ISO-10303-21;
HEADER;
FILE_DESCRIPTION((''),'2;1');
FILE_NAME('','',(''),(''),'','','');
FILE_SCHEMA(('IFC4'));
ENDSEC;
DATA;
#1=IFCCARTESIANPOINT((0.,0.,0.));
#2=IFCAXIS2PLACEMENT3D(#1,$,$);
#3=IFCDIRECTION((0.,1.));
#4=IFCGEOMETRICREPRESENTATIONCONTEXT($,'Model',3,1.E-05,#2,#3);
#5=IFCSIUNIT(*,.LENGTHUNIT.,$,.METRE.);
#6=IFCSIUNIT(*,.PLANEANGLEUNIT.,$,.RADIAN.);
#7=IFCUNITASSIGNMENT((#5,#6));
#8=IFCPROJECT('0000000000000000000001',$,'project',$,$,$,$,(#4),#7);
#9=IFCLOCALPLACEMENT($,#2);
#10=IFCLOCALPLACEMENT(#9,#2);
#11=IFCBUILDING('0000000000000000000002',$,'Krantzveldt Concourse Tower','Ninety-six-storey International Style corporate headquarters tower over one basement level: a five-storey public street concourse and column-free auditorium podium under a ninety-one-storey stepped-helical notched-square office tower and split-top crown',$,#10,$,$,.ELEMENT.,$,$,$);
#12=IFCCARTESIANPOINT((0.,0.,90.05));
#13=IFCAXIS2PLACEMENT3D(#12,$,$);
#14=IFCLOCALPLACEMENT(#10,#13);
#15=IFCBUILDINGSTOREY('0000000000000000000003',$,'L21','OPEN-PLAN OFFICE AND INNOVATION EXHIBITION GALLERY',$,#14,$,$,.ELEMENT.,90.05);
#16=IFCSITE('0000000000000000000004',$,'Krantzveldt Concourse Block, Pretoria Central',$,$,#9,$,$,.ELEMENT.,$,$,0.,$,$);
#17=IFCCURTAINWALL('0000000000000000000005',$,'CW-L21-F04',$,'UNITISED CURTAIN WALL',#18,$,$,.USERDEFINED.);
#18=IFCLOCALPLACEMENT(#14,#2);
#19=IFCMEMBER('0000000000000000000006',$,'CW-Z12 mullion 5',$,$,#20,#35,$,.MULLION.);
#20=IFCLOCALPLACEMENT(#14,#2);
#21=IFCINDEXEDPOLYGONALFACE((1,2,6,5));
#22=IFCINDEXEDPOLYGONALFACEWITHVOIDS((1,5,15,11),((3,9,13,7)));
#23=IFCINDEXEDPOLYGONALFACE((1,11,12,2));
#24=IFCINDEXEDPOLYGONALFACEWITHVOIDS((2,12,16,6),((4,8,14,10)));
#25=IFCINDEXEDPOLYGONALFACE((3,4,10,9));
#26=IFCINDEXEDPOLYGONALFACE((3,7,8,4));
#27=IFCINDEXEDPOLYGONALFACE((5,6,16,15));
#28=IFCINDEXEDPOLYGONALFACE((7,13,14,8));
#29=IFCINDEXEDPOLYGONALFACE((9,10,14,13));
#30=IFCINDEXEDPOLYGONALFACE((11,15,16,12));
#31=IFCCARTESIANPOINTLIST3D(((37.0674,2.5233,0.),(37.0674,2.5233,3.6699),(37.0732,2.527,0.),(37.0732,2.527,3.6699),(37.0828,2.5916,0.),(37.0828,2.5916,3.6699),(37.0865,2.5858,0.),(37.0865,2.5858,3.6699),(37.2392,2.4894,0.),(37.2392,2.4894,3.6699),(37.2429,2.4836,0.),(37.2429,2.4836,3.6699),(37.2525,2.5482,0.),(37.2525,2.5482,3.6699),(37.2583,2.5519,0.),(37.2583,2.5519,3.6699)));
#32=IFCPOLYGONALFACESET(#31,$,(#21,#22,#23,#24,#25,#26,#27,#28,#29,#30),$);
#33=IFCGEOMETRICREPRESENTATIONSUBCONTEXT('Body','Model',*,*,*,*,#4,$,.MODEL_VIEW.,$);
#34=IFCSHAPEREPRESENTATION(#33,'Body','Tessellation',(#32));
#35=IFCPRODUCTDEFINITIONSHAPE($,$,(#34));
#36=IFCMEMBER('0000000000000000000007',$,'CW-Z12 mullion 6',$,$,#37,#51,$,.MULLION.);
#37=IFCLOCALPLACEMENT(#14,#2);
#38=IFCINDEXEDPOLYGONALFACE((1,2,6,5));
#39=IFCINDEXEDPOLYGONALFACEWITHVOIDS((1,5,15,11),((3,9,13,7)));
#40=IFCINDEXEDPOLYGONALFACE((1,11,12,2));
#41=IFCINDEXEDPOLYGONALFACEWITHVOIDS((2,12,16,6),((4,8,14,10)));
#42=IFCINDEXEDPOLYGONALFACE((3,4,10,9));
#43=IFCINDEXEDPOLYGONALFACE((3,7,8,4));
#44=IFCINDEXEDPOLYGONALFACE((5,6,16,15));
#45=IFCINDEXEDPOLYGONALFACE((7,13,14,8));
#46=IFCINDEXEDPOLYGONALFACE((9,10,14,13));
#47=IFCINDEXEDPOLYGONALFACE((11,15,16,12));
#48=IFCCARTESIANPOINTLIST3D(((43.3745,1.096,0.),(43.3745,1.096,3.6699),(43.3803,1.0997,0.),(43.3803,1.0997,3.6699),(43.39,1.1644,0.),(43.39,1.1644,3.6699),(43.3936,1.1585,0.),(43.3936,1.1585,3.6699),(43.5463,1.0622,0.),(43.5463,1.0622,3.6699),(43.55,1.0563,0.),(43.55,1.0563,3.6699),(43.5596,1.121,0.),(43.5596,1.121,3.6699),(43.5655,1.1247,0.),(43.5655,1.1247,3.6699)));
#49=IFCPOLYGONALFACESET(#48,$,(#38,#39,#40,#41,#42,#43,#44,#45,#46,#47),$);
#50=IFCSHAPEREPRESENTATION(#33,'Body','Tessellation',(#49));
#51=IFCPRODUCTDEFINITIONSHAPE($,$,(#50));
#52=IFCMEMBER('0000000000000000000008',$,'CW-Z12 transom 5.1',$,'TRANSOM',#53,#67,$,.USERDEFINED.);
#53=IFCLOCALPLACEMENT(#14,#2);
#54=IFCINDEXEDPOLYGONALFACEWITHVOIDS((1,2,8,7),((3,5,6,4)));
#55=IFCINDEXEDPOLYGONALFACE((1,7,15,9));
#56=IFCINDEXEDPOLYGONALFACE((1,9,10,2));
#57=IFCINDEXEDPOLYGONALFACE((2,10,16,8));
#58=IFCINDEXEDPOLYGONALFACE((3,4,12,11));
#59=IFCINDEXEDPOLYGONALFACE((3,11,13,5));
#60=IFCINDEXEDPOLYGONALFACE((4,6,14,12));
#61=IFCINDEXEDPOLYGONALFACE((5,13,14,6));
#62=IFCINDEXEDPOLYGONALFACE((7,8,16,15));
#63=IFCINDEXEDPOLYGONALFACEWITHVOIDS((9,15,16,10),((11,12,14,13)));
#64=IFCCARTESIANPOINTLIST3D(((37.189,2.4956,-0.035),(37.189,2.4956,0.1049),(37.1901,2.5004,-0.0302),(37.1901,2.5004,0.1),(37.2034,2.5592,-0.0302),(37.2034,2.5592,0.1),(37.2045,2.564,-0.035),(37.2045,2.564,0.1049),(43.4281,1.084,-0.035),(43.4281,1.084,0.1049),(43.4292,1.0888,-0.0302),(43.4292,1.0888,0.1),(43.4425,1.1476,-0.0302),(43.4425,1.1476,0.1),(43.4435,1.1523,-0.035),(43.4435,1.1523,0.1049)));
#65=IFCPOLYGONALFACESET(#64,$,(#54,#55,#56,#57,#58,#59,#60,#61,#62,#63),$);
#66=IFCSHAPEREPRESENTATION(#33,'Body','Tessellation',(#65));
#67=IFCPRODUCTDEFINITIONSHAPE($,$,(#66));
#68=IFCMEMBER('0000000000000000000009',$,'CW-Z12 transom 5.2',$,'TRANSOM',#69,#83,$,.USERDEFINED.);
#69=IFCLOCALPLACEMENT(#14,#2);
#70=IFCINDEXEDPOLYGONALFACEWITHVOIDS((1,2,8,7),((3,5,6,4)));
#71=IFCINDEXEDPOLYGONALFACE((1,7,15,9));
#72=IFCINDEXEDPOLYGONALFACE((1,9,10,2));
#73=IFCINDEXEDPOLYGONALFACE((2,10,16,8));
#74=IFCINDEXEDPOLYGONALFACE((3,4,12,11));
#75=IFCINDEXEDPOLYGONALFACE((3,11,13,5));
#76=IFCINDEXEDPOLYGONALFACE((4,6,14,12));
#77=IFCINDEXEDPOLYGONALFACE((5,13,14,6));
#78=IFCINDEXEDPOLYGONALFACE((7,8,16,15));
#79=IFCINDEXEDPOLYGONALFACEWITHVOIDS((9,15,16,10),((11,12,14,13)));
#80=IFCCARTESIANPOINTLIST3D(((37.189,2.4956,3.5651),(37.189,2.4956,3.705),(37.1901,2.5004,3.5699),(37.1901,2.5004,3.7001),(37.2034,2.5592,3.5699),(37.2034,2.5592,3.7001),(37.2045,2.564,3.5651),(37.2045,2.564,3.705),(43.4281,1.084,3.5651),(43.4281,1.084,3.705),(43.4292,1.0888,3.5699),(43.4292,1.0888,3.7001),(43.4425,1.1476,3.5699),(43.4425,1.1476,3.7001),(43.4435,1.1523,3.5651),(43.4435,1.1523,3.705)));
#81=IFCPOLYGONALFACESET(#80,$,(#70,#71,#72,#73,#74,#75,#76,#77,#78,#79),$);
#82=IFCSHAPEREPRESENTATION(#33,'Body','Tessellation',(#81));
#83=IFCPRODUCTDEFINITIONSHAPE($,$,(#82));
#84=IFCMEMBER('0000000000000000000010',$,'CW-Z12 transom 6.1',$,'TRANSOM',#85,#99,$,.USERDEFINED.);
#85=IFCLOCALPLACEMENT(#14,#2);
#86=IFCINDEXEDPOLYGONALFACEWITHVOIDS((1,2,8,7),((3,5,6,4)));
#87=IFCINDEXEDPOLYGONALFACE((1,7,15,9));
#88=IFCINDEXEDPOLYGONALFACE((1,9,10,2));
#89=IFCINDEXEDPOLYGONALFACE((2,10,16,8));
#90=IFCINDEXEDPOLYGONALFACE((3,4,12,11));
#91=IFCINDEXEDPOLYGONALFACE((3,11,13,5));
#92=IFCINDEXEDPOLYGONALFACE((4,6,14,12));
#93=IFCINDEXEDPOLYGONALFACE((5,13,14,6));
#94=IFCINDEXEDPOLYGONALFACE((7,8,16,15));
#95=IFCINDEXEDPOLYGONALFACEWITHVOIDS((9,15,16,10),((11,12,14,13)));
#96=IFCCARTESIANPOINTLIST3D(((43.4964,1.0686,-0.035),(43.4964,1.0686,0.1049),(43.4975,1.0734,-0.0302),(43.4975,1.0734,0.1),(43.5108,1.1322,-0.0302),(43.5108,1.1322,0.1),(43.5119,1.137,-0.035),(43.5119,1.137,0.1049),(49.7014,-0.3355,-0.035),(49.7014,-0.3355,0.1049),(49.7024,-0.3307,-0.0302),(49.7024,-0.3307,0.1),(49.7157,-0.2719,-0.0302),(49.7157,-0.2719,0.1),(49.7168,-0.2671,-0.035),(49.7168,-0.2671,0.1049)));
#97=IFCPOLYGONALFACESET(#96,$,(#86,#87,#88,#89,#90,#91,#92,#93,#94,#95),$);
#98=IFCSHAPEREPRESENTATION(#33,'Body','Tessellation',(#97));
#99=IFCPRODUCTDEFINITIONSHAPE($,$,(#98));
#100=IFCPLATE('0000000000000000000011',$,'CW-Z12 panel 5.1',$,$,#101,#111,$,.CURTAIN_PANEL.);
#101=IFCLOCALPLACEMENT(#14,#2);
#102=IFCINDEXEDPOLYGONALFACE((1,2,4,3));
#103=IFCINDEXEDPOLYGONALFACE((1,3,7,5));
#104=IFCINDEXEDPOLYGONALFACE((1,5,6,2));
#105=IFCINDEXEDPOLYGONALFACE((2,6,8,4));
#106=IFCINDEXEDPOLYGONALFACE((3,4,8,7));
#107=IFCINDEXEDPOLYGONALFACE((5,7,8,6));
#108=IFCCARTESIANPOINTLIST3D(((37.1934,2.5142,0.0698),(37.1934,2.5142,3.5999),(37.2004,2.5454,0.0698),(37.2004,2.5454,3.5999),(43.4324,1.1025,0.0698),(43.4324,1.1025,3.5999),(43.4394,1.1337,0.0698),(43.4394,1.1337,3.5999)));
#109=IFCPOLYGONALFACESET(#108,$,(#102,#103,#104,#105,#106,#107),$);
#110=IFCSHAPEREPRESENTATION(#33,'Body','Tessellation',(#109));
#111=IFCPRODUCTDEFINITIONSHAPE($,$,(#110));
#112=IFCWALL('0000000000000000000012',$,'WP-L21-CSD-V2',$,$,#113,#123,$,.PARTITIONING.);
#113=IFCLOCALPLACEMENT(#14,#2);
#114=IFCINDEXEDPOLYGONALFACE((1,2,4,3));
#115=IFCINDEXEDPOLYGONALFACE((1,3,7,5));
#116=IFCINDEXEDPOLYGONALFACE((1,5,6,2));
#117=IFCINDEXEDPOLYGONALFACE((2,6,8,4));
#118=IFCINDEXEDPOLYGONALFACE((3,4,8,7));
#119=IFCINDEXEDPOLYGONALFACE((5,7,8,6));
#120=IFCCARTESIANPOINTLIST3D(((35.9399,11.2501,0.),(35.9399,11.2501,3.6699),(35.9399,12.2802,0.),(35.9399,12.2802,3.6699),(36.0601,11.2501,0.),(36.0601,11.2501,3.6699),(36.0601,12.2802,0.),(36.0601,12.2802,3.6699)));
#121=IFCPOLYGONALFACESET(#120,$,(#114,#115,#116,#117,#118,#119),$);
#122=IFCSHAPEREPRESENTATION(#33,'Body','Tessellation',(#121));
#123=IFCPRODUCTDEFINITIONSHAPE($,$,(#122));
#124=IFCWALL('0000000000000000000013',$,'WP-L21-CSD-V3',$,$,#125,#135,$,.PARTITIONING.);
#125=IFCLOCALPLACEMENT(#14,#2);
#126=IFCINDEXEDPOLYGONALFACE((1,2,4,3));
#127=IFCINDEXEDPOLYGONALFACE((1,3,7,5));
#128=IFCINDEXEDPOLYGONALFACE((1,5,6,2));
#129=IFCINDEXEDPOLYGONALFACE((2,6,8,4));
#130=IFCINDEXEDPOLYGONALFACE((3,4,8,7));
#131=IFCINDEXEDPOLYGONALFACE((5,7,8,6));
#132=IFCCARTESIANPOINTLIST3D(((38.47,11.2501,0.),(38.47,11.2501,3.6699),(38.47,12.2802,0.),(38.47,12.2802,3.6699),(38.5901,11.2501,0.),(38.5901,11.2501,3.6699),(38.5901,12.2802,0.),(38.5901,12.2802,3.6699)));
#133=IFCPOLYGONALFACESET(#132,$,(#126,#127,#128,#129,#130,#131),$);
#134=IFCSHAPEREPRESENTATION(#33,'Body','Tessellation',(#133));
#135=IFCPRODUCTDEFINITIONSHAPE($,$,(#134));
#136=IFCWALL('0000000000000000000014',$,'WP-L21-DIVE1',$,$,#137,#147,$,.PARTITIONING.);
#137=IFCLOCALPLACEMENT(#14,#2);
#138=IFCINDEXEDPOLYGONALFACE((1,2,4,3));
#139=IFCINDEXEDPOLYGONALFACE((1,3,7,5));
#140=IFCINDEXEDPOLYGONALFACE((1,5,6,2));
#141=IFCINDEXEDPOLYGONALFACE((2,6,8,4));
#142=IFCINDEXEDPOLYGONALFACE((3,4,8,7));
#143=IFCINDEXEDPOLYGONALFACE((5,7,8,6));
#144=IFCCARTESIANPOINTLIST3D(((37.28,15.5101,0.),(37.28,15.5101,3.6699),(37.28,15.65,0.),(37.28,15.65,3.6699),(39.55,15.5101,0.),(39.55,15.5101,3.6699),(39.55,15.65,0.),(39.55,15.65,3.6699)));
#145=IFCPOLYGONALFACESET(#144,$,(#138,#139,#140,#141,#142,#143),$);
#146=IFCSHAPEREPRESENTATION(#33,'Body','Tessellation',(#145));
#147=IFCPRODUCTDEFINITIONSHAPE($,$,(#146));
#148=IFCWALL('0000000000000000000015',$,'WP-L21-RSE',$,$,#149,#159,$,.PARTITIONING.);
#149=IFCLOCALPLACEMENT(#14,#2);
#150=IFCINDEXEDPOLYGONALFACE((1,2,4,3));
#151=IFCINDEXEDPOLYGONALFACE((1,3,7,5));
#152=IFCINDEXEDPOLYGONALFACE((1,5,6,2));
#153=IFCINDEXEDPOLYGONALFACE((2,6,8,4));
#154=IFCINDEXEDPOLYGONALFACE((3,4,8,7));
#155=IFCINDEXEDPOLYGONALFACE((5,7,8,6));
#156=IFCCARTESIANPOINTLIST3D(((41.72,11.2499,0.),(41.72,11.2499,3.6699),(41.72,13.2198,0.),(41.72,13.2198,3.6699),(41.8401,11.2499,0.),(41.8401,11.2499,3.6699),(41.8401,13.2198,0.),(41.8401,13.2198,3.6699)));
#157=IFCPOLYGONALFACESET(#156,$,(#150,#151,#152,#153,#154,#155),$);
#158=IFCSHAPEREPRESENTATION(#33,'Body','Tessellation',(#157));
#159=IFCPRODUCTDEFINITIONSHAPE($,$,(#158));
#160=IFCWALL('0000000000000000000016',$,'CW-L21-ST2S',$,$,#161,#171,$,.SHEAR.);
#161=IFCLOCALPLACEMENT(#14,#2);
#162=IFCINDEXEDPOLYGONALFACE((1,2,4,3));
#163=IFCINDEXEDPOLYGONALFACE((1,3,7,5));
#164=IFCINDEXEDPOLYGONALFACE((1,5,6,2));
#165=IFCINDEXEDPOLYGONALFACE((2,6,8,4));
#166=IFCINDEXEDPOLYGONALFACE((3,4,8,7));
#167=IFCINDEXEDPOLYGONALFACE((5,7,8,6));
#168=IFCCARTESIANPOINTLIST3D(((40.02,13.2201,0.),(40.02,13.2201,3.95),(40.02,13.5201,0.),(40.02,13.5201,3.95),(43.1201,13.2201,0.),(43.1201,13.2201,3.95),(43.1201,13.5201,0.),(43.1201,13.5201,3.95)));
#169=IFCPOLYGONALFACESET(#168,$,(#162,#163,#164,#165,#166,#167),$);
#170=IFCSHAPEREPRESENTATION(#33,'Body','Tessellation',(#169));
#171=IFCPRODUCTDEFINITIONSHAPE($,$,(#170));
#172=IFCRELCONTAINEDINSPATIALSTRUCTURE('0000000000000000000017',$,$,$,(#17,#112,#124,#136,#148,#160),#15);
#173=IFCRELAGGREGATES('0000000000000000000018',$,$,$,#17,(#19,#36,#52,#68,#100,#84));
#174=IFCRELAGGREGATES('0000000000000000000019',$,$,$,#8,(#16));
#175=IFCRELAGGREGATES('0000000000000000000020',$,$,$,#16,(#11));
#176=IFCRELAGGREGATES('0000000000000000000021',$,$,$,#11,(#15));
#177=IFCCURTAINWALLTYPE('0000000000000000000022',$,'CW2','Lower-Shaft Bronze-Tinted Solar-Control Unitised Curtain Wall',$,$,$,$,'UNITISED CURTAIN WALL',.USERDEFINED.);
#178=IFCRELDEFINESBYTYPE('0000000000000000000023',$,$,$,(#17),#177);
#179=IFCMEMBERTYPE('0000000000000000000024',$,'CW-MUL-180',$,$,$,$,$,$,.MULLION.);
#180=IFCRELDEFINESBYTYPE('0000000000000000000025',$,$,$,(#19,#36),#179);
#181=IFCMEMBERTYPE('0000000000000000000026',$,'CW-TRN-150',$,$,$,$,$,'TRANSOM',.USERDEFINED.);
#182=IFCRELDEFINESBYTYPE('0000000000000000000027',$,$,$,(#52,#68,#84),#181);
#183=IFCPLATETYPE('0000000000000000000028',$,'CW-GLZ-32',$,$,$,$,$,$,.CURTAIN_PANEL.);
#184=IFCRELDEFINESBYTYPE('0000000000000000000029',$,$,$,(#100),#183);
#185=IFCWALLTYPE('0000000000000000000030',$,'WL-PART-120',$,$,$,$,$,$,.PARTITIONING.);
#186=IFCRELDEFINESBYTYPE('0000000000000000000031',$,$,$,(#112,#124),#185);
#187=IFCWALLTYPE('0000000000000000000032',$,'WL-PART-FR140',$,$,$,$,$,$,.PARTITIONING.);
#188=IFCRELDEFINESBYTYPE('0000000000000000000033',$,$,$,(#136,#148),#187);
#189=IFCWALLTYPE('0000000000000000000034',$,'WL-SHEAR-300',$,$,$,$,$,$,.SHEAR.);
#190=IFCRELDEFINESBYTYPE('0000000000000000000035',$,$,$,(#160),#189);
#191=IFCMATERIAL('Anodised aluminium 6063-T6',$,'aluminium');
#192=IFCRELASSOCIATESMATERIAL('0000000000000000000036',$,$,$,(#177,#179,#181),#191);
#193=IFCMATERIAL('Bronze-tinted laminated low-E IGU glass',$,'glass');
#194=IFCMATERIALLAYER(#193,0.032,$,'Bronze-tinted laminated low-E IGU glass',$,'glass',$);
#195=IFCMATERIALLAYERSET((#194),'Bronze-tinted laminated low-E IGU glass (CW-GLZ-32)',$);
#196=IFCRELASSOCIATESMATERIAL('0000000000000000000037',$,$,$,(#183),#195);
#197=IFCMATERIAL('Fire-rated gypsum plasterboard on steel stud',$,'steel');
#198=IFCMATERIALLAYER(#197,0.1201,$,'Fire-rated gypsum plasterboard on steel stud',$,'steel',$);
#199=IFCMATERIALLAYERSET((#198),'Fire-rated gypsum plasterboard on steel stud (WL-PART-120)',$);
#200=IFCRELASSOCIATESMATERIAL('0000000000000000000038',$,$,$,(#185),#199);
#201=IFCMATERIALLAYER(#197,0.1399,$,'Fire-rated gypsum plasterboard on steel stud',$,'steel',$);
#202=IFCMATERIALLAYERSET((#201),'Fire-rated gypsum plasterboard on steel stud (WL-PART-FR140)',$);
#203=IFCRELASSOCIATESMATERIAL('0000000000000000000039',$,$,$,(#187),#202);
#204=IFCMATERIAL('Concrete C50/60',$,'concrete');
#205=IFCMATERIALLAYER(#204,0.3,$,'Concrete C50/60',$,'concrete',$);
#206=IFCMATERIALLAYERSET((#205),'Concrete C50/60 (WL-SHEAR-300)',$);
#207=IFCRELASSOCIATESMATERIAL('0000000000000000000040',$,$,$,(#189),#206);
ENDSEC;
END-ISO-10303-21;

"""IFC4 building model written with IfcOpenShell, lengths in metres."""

from ifc_helpers import new_model, si_unit, direction, frame, frame_2d, origin, origin_2d, place, context, subcontext, project, spatial, rectangle, hollow_rectangle, extrude, source, transform, mapped, material, layer, layer_set, material_profile, profile_set, type_object, type_shapes, element, aggregate, save


model = new_model("IFC4")

# Units and contexts
model_context = context("Model", 3, precision=1e-05, world=origin(), true_north=direction((0.0, 1.0)))
body_context = subcontext(model_context, "Body", "Model", "MODEL_VIEW")
ifc_project = project(units=[si_unit("LENGTHUNIT", "METRE"), si_unit("PLANEANGLEUNIT", "RADIAN")], contexts=[model_context])

# Site, building, storey
site_placement = place(None, origin())
site = spatial("IfcSite", under=ifc_project, at=site_placement, Name="Krantzveldt Concourse Block, Pretoria Central", CompositionType="ELEMENT", RefElevation=0.0)
building_placement = place(site_placement, origin())
building = spatial("IfcBuilding", under=site, at=building_placement, Name="Krantzveldt Concourse Tower", Description="Ninety-six-storey International Style corporate headquarters tower over one basement level: a five-storey public street concourse and column-free auditorium podium under a ninety-one-storey stepped-helical notched-square office tower and split-top crown", CompositionType="ELEMENT")
storey_placement = place(building_placement, frame((0.0, 0.0, 90.05)))
storey = spatial("IfcBuildingStorey", under=building, at=storey_placement, Name="L21", Description="OPEN-PLAN OFFICE AND INNOVATION EXHIBITION GALLERY", CompositionType="ELEMENT", Elevation=90.05)

# Curtain wall, members, plate
ifc_material_1 = material(Name="Anodised aluminium 6063-T6", Category="aluminium")
curtain_wall_type = type_object("IfcCurtainWallType", Name="CW2", Description="Lower-Shaft Bronze-Tinted Solar-Control Unitised Curtain Wall", ElementType="UNITISED CURTAIN WALL", PredefinedType="USERDEFINED", material=ifc_material_1)
curtain_wall_placement = place(storey_placement, origin())
curtain_wall = element("IfcCurtainWall", 1, at=curtain_wall_placement, inside=storey, type_object=curtain_wall_type, Name="CW-L21-F04", ObjectType="UNITISED CURTAIN WALL", PredefinedType="USERDEFINED")
ifc_material_profile_1 = material_profile(ifc_material_1, hollow_rectangle(XDim=0.0701, YDim=0.1799, WallThickness=0.0049, at=origin_2d()), Name="Anodised aluminium 6063-T6", Category="aluminium")
ifc_profile_set_1 = profile_set([ifc_material_profile_1], Name="Anodised aluminium 6063-T6 - ALU-MULL 180x70x5")
member_type_1 = type_object("IfcMemberType", Name="CW-MUL-180", PredefinedType="MULLION", material=ifc_profile_set_1)
shared_shape_1 = source(origin(), body_context, "Body", "SweptSolid", [
    extrude(hollow_rectangle(XDim=0.0701, YDim=0.1799, WallThickness=0.0049, at=origin_2d()), origin(), (0.0, 0.0, 1.0), 3.6699),
])
type_shapes(member_type_1, [shared_shape_1])
member_1_placement = place(storey_placement, frame((37.1628, 2.5376, 0.0), z_axis=(0.0, 0.0, 1.0), x_axis=(0.220697, 0.975342, 0.0)))
member_1 = element("IfcMember", 2, at=member_1_placement, type_object=member_type_1, Name="CW-Z12 mullion 5", PredefinedType="MULLION", context=body_context, shape_type="MappedRepresentation", body=[
    mapped(shared_shape_1, transform((0.0, 0.0, 0.0), x_axis=(1.0, 0.0, 0.0), y_axis=(0.0, 1.0, 0.0), z_axis=(0.0, 0.0, 1.0), scale=1.0)),
])
member_2_placement = place(storey_placement, frame((43.47, 1.1104, 0.0), z_axis=(0.0, 0.0, 1.0), x_axis=(0.220697, 0.975342, 0.0)))
member_2 = element("IfcMember", 3, at=member_2_placement, type_object=member_type_1, Name="CW-Z12 mullion 6", PredefinedType="MULLION", context=body_context, shape_type="MappedRepresentation", body=[
    mapped(shared_shape_1, transform((0.0, 0.0, 0.0), x_axis=(1.0, 0.0, 0.0), y_axis=(0.0, 1.0, 0.0), z_axis=(0.0, 0.0, 1.0), scale=1.0)),
])
ifc_material_profile_2 = material_profile(ifc_material_1, hollow_rectangle(XDim=0.0701, YDim=0.1399, WallThickness=0.0049, at=origin_2d()), Name="Anodised aluminium 6063-T6", Category="aluminium")
ifc_profile_set_2 = profile_set([ifc_material_profile_2], Name="Anodised aluminium 6063-T6 - ALU-TRAN 140x70x5")
member_type_2 = type_object("IfcMemberType", Name="CW-TRN-150", ElementType="TRANSOM", PredefinedType="USERDEFINED", material=ifc_profile_set_2)
shared_shape_2 = source(origin(), body_context, "Body", "SweptSolid", [
    extrude(hollow_rectangle(XDim=0.0701, YDim=0.1399, WallThickness=0.0049, at=origin_2d()), origin(), (0.0, 0.0, 1.0), 6.3967),
])
member_3_placement = place(storey_placement, frame((37.1968, 2.5298, 0.0349), z_axis=(0.975346, -0.220679, 0.0), x_axis=(0.220679, 0.975346, 0.0)))
member_3 = element("IfcMember", 4, at=member_3_placement, type_object=member_type_2, Name="CW-Z12 transom 5.1", ObjectType="TRANSOM", PredefinedType="USERDEFINED", context=body_context, shape_type="MappedRepresentation", body=[
    mapped(shared_shape_2, transform((0.0, 0.0, 0.0), x_axis=(1.0, 0.0, 0.0), y_axis=(0.0, 1.0, 0.0), z_axis=(0.0, 0.0, 1.0), scale=1.0)),
])
member_4_placement = place(storey_placement, frame((37.1968, 2.5298, 3.635), z_axis=(0.975346, -0.220679, 0.0), x_axis=(0.220679, 0.975346, 0.0)))
member_4 = element("IfcMember", 5, at=member_4_placement, type_object=member_type_2, Name="CW-Z12 transom 5.2", ObjectType="TRANSOM", PredefinedType="USERDEFINED", context=body_context, shape_type="MappedRepresentation", body=[
    mapped(shared_shape_2, transform((0.0, 0.0, 0.0), x_axis=(1.0, 0.0, 0.0), y_axis=(0.0, 1.0, 0.0), z_axis=(0.0, 0.0, 1.0), scale=1.0)),
])
shared_shape_3 = source(origin(), body_context, "Body", "SweptSolid", [
    extrude(hollow_rectangle(XDim=0.0701, YDim=0.1399, WallThickness=0.0049, at=origin_2d()), origin(), (0.0, 0.0, 1.0), 6.3618),
])
type_shapes(member_type_2, [shared_shape_2, shared_shape_3])
member_5_placement = place(storey_placement, frame((43.5042, 1.1028, 0.0349), z_axis=(0.975341, -0.220704, 0.0), x_axis=(0.220704, 0.975341, 0.0)))
member_5 = element("IfcMember", 6, at=member_5_placement, type_object=member_type_2, Name="CW-Z12 transom 6.1", ObjectType="TRANSOM", PredefinedType="USERDEFINED", context=body_context, shape_type="MappedRepresentation", body=[
    mapped(shared_shape_3, transform((0.0, 0.0, 0.0), x_axis=(1.0, 0.0, 0.0), y_axis=(0.0, 1.0, 0.0), z_axis=(0.0, 0.0, 1.0), scale=1.0)),
])
ifc_material_2 = material(Name="Bronze-tinted laminated low-E IGU glass", Category="glass")
ifc_layer_1 = layer(ifc_material_2, 0.032, Name="Bronze-tinted laminated low-E IGU glass", Category="glass")
ifc_layer_set_1 = layer_set([ifc_layer_1], Name="Bronze-tinted laminated low-E IGU glass (CW-GLZ-32)")
plate_type = type_object("IfcPlateType", Name="CW-GLZ-32", PredefinedType="CURTAIN_PANEL", material=ifc_layer_set_1)
shared_shape_4 = source(origin(), body_context, "Body", "SweptSolid", [
    extrude(rectangle(XDim=6.3967, YDim=0.032, at=origin_2d()), origin(), (0.0, 0.0, 1.0), 3.53),
])
type_shapes(plate_type, [shared_shape_4])
plate_placement = place(storey_placement, frame((40.3164, 1.824, 0.0698), z_axis=(0.0, 0.0, 1.0), x_axis=(0.975342, -0.220697, 0.0)))
plate = element("IfcPlate", 7, at=plate_placement, type_object=plate_type, Name="CW-Z12 panel 5.1", PredefinedType="CURTAIN_PANEL", context=body_context, shape_type="MappedRepresentation", body=[
    mapped(shared_shape_4, transform((0.0, 0.0, 0.0), x_axis=(1.0, 0.0, 0.0), y_axis=(0.0, 1.0, 0.0), z_axis=(0.0, 0.0, 1.0), scale=1.0)),
])
aggregate(curtain_wall, [member_1, member_2, member_3, member_4, plate, member_5])

# Walls
ifc_material_3 = material(Name="Fire-rated gypsum plasterboard on steel stud", Category="steel")
ifc_layer_2 = layer(ifc_material_3, 0.1201, Name="Fire-rated gypsum plasterboard on steel stud", Category="steel")
ifc_layer_set_2 = layer_set([ifc_layer_2], Name="Fire-rated gypsum plasterboard on steel stud (WL-PART-120)")
wall_type_1 = type_object("IfcWallType", Name="WL-PART-120", PredefinedType="PARTITIONING", material=ifc_layer_set_2)
for number, where, z_axis, x_axis, name in (
    (8, (36.0, 11.25, 0.0), (0.0, 0.0, 1.0), (0.0, 1.0, 0.0), "WP-L21-CSD-V2"),
    (9, (38.53, 11.25, 0.0), (0.0, 0.0, 1.0), (0.0, 1.0, 0.0), "WP-L21-CSD-V3"),
):
    element("IfcWall", number, at=place(storey_placement, frame(where, z_axis=z_axis, x_axis=x_axis)), inside=storey, type_object=wall_type_1, Name=name, PredefinedType="PARTITIONING", context=body_context, shape_type="SweptSolid", body=[
        extrude(rectangle(XDim=1.03, YDim=0.1201, at=frame_2d((0.5151, 0.0))), origin(), (0.0, 0.0, 1.0), 3.6699),
    ])

# Shared definitions
ifc_layer_3 = layer(ifc_material_3, 0.1399, Name="Fire-rated gypsum plasterboard on steel stud", Category="steel")
ifc_layer_set_3 = layer_set([ifc_layer_3], Name="Fire-rated gypsum plasterboard on steel stud (WL-PART-FR140)")
wall_type_2 = type_object("IfcWallType", Name="WL-PART-FR140", PredefinedType="PARTITIONING", material=ifc_layer_set_3)

# Walls
wall_1_placement = place(storey_placement, frame((37.28, 15.5801, 0.0), z_axis=(0.0, 0.0, 1.0), x_axis=(1.0, 0.0, 0.0)))
element("IfcWall", 10, at=wall_1_placement, inside=storey, type_object=wall_type_2, Name="WP-L21-DIVE1", PredefinedType="PARTITIONING", context=body_context, shape_type="SweptSolid", body=[
    extrude(rectangle(XDim=2.27, YDim=0.1399, at=frame_2d((1.135, 0.0))), origin(), (0.0, 0.0, 1.0), 3.6699),
])
wall_2_placement = place(storey_placement, frame((41.78, 11.25, 0.0), z_axis=(0.0, 0.0, 1.0), x_axis=(0.0, 1.0, 0.0)))
element("IfcWall", 11, at=wall_2_placement, inside=storey, type_object=wall_type_2, Name="WP-L21-RSE", PredefinedType="PARTITIONING", context=body_context, shape_type="SweptSolid", body=[
    extrude(rectangle(XDim=1.97, YDim=0.1201, at=frame_2d((0.9849, 0.0))), origin(), (0.0, 0.0, 1.0), 3.6699),
])
ifc_material_4 = material(Name="Concrete C50/60", Category="concrete")
ifc_layer_4 = layer(ifc_material_4, 0.3, Name="Concrete C50/60", Category="concrete")
ifc_layer_set_4 = layer_set([ifc_layer_4], Name="Concrete C50/60 (WL-SHEAR-300)")
wall_type_3 = type_object("IfcWallType", Name="WL-SHEAR-300", PredefinedType="SHEAR", material=ifc_layer_set_4)
wall_3_placement = place(storey_placement, frame((40.02, 13.3701, 0.0), z_axis=(0.0, 0.0, 1.0), x_axis=(1.0, 0.0, 0.0)))
element("IfcWall", 12, at=wall_3_placement, inside=storey, type_object=wall_type_3, Name="CW-L21-ST2S", PredefinedType="SHEAR", context=body_context, shape_type="SweptSolid", body=[
    extrude(rectangle(XDim=3.1001, YDim=0.3, at=frame_2d((1.55, 0.0))), origin(), (0.0, 0.0, 1.0), 3.95),
])

save(model, "model.ifc")
